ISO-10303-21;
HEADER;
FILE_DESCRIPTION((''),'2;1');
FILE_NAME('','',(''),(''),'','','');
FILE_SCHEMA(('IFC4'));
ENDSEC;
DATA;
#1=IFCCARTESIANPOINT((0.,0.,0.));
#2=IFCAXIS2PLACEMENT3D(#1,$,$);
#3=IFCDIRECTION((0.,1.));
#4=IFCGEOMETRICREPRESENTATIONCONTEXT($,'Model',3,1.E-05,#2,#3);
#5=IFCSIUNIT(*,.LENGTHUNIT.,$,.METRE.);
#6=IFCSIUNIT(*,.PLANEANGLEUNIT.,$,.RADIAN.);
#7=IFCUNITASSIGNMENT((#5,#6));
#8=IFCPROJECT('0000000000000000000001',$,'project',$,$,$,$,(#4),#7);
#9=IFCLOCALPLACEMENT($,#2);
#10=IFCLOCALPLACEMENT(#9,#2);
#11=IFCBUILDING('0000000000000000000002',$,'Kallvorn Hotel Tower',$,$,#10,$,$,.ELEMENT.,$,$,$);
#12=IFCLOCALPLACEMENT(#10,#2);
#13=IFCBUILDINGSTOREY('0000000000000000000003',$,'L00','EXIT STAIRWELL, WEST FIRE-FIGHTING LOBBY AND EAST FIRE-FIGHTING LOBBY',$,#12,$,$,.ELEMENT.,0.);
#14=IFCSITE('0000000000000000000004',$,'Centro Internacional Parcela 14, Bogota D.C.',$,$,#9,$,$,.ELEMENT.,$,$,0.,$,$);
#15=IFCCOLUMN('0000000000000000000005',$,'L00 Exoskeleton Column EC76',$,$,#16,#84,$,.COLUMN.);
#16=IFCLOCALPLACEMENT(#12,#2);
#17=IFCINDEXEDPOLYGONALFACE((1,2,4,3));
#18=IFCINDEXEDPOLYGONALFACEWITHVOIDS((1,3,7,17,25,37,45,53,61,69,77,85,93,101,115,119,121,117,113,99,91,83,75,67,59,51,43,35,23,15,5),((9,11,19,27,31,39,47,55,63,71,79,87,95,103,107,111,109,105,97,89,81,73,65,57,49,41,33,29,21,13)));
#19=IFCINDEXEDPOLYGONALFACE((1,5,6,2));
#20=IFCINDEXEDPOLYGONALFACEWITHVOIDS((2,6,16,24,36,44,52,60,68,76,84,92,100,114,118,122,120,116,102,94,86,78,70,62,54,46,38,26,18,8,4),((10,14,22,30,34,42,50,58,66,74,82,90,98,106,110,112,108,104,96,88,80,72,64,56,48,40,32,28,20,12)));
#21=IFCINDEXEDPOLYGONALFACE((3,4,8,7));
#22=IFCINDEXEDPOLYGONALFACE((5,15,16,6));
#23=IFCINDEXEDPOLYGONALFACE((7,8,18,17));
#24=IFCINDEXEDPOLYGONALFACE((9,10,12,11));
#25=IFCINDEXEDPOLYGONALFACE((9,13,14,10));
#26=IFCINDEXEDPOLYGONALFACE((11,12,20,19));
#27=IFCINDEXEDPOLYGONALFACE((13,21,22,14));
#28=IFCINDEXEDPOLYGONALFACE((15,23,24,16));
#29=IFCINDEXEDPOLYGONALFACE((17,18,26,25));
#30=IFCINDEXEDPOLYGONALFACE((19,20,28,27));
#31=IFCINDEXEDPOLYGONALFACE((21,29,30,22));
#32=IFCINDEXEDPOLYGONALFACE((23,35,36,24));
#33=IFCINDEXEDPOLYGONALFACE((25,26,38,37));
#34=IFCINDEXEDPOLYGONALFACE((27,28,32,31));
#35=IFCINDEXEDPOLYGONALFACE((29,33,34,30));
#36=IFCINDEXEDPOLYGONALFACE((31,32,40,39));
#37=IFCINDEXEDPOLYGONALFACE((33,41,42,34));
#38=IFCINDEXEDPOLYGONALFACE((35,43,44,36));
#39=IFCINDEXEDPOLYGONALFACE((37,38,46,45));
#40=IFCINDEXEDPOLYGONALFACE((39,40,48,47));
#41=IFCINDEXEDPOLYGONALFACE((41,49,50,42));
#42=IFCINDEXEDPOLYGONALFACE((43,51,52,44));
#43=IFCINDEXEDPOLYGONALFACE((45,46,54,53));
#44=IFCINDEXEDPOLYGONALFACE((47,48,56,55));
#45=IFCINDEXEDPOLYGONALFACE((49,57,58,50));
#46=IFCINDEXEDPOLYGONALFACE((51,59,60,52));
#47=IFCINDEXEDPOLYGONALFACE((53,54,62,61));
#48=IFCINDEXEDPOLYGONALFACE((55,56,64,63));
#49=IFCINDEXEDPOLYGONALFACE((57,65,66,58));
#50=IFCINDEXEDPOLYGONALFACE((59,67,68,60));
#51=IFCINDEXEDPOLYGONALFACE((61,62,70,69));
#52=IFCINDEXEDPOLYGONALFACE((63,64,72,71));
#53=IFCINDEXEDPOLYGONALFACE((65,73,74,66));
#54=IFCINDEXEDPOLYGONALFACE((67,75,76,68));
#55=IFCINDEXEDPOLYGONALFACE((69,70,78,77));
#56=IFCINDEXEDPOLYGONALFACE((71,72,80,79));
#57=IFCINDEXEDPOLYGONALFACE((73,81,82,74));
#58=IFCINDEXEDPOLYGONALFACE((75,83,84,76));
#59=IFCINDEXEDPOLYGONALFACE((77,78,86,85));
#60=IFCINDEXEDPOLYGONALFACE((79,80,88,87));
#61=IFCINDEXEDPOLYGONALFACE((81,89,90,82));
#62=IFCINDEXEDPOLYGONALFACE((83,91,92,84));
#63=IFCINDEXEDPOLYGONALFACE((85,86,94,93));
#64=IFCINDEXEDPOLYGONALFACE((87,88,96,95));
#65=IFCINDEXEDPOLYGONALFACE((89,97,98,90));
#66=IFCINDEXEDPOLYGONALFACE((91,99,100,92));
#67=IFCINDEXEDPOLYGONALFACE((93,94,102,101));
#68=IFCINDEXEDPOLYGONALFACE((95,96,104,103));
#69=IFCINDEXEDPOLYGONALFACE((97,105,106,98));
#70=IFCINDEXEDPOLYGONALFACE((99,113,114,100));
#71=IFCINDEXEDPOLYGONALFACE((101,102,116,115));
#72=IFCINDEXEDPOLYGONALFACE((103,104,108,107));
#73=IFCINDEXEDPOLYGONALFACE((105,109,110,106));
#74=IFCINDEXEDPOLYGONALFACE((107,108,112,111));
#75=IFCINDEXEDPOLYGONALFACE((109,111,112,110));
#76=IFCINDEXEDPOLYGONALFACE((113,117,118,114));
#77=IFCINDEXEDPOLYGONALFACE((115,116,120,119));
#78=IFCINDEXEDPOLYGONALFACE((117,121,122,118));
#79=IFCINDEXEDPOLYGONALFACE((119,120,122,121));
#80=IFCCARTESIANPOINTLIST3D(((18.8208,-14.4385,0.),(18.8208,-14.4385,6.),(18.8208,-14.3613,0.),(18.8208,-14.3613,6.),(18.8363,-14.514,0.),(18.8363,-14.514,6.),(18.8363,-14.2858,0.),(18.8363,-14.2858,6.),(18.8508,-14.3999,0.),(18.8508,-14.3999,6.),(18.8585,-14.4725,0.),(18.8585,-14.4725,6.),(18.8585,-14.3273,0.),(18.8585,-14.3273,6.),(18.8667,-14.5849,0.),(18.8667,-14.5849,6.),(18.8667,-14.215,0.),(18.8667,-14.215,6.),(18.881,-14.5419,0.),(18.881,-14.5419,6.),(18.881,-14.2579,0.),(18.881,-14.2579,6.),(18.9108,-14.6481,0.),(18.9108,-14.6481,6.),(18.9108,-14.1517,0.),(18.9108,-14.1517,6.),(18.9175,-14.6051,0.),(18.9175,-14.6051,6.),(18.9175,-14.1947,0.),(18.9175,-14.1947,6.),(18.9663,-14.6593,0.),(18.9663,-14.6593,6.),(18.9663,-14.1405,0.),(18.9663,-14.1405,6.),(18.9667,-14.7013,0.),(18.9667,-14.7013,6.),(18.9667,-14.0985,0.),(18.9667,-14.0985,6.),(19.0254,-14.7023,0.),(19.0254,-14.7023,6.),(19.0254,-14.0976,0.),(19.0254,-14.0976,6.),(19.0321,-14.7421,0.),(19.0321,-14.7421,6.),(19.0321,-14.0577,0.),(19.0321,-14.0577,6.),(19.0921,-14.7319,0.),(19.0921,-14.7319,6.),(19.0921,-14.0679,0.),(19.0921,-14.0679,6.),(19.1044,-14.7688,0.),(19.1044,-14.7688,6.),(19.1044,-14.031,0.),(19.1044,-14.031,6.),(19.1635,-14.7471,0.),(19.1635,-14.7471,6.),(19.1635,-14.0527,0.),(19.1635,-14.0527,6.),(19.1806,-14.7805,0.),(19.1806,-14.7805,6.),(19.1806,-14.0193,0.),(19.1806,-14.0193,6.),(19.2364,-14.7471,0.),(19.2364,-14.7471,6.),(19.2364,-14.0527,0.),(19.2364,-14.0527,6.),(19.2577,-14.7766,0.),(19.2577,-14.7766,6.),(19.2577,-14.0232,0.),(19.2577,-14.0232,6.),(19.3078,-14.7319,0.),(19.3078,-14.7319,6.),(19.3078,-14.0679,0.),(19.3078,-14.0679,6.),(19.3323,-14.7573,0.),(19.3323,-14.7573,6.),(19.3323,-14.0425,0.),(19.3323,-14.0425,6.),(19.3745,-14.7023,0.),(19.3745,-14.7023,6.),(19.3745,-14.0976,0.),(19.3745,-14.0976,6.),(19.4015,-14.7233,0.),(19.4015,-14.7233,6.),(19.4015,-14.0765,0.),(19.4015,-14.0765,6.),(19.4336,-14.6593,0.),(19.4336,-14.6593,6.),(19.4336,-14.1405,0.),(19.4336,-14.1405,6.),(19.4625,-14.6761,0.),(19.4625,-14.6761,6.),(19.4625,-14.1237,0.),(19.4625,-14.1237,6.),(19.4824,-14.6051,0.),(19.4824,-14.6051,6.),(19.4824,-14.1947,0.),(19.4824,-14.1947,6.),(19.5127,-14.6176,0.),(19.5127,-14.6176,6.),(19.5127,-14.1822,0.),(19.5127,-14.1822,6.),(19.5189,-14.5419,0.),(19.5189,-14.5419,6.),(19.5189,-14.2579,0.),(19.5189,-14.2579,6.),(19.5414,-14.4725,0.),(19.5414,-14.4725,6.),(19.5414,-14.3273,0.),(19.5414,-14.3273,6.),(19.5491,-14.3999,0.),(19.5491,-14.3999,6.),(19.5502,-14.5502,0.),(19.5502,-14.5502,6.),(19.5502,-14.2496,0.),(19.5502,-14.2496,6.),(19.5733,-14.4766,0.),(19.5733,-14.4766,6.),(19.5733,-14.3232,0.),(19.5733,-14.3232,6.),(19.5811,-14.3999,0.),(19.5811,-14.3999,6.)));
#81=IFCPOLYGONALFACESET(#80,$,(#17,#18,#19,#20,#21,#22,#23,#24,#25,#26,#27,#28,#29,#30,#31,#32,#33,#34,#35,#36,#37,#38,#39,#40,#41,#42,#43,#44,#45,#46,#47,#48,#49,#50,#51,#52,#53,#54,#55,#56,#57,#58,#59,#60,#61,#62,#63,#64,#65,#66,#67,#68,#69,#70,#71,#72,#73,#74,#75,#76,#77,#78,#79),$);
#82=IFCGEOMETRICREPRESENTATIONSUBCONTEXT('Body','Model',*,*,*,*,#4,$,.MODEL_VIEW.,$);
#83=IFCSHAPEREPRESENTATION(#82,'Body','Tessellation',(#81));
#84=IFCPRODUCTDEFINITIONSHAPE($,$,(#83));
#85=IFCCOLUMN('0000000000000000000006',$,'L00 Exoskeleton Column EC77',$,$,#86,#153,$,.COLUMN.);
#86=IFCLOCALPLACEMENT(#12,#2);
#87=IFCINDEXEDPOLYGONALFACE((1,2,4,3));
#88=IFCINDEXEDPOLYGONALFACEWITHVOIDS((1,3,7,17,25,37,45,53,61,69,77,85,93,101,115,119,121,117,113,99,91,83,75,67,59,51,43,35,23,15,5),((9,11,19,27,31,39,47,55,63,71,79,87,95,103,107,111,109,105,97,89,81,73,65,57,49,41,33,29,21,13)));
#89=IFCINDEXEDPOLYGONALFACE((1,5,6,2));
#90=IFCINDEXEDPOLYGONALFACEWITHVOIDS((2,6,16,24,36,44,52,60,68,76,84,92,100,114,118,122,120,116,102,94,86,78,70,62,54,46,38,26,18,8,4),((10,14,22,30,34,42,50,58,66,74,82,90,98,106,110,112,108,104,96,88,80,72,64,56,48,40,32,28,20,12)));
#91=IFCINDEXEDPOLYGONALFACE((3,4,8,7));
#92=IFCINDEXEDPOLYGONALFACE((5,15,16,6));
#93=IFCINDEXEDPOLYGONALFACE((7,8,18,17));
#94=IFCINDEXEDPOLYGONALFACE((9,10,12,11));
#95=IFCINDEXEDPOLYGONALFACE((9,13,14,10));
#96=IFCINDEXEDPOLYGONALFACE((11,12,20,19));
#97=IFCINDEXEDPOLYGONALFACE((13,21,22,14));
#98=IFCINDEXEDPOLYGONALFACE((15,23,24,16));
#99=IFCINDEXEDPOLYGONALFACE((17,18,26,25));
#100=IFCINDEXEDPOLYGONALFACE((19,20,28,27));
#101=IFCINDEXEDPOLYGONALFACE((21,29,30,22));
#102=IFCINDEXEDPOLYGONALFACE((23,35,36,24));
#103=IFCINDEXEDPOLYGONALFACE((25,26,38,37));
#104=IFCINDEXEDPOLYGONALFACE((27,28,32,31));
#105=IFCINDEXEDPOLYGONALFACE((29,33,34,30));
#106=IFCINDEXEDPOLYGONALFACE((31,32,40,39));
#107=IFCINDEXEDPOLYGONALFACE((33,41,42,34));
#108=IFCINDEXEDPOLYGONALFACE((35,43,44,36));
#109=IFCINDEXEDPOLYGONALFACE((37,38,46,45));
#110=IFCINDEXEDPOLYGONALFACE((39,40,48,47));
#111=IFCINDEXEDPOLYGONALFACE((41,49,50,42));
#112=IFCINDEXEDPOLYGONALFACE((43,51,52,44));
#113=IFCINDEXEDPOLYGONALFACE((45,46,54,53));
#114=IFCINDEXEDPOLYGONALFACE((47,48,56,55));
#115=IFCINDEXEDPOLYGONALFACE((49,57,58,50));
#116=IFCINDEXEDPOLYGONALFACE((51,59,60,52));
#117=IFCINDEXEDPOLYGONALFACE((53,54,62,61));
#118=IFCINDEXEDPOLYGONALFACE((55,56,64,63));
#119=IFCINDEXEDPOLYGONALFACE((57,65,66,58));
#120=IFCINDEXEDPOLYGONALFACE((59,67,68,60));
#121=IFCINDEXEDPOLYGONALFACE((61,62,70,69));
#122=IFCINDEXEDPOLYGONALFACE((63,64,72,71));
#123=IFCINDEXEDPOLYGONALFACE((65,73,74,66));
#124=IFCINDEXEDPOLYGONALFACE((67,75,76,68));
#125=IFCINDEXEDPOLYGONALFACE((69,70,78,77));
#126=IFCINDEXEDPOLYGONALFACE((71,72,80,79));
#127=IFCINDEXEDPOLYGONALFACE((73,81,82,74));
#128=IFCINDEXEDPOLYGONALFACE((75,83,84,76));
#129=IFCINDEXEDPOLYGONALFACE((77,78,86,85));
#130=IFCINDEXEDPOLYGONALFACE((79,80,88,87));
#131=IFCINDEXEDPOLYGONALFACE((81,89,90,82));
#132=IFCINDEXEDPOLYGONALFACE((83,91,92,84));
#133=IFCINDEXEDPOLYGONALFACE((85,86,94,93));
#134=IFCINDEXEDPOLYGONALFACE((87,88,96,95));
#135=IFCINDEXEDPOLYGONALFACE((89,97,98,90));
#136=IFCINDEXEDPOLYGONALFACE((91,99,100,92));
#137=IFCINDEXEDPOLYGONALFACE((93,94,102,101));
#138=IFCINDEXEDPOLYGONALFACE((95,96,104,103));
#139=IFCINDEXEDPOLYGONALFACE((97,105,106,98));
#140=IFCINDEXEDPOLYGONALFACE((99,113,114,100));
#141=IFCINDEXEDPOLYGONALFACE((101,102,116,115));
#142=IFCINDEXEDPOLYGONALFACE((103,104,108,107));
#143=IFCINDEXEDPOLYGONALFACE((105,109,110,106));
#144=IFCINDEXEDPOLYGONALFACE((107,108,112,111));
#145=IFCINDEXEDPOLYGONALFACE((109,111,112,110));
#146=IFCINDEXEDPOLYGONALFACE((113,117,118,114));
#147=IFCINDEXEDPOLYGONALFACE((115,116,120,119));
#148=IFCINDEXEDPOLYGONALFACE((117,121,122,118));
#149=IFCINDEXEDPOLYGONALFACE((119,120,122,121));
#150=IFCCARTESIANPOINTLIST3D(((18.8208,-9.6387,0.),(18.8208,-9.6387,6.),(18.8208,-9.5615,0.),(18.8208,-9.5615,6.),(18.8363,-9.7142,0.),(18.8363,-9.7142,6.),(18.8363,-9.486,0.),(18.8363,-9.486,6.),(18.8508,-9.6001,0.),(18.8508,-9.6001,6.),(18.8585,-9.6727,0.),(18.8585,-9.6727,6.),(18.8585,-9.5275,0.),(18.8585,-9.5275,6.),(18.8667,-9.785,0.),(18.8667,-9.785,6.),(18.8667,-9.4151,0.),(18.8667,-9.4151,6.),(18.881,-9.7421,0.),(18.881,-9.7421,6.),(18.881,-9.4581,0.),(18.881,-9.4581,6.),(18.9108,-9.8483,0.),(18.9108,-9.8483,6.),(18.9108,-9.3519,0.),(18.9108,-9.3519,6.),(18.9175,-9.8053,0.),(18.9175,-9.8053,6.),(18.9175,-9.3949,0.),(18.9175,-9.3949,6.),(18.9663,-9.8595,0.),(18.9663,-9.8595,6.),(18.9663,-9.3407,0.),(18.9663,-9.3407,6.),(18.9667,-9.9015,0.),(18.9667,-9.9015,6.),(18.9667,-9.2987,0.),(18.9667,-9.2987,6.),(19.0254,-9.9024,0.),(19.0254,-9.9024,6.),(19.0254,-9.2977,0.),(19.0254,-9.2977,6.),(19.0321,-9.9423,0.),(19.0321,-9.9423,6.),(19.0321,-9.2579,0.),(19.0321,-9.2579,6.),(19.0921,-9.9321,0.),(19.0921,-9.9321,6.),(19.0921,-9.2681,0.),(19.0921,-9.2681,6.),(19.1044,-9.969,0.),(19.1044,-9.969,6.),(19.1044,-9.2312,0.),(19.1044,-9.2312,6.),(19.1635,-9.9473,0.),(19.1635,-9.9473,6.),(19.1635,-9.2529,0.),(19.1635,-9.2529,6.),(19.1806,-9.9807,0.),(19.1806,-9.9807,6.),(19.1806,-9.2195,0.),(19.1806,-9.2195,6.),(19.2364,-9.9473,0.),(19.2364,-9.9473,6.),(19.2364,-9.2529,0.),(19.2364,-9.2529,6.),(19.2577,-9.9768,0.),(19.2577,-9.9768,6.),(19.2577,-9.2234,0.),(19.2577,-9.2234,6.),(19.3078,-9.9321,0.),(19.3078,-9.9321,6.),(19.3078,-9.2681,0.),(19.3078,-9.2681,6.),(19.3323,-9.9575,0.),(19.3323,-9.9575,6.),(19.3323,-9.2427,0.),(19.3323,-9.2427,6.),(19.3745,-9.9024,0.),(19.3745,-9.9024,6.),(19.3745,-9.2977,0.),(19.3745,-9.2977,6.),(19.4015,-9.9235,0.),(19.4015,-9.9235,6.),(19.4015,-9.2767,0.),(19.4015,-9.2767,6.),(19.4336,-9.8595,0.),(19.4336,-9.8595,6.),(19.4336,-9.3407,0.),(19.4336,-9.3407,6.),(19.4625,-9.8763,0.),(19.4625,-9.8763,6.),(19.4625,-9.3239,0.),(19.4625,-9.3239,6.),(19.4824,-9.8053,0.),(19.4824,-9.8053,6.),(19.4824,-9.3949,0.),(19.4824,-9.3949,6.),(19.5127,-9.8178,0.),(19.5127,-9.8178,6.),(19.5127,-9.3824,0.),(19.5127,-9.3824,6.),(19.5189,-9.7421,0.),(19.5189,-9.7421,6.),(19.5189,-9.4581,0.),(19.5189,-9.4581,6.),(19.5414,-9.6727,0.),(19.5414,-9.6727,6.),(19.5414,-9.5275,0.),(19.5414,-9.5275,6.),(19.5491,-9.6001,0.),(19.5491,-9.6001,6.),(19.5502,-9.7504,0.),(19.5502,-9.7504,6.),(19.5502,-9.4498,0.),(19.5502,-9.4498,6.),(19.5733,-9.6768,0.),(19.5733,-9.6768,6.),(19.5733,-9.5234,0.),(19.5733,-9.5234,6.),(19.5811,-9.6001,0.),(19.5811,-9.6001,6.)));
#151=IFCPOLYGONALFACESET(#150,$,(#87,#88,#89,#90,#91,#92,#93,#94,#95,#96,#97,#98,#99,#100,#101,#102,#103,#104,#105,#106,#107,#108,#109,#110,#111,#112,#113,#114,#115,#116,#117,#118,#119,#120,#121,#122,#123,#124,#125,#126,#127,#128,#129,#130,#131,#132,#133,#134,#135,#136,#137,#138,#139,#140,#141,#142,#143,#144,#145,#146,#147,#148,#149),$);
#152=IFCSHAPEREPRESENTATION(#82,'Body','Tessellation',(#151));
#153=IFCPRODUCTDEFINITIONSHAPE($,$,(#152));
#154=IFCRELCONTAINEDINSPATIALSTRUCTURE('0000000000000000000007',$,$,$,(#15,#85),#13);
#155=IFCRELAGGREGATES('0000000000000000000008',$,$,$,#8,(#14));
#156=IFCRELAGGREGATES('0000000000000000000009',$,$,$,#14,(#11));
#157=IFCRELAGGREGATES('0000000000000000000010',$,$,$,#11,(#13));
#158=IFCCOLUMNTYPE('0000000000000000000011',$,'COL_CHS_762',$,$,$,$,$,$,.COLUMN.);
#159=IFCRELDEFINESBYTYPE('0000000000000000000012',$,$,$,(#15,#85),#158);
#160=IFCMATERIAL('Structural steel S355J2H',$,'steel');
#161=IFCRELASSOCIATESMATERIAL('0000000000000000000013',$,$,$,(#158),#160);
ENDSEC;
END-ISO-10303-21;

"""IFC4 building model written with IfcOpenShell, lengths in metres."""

from ifc_helpers import new_model, si_unit, direction, frame, origin, origin_2d, place, context, subcontext, project, spatial, hollow_circle, extrude, material, material_profile, profile_set, type_object, element, save


model = new_model("IFC4")

# Units and contexts
model_context = context("Model", 3, precision=1e-05, world=origin(), true_north=direction((0.0, 1.0)))
body_context = subcontext(model_context, "Body", "Model", "MODEL_VIEW")
ifc_project = project(units=[si_unit("LENGTHUNIT", "METRE"), si_unit("PLANEANGLEUNIT", "RADIAN")], contexts=[model_context])

# Site, building, storey
site_placement = place(None, origin())
site = spatial("IfcSite", under=ifc_project, at=site_placement, Name="Centro Internacional Parcela 14, Bogota D.C.", CompositionType="ELEMENT", RefElevation=0.0)
building_placement = place(site_placement, origin())
building = spatial("IfcBuilding", under=site, at=building_placement, Name="Kallvorn Hotel Tower", CompositionType="ELEMENT")
storey_placement = place(building_placement, origin())
storey = spatial("IfcBuildingStorey", under=building, at=storey_placement, Name="L00", Description="EXIT STAIRWELL, WEST FIRE-FIGHTING LOBBY AND EAST FIRE-FIGHTING LOBBY", CompositionType="ELEMENT", Elevation=0.0)

# Columns
ifc_material_1 = material(Name="Structural steel S355J2H", Category="steel")
ifc_material_profile_1 = material_profile(ifc_material_1, hollow_circle(Radius=0.3811, WallThickness=0.032, at=origin_2d()), Name="CHS 762x32")
ifc_profile_set_1 = profile_set([ifc_material_profile_1], Name="Structural steel S355J2H")
column_type_1 = type_object("IfcColumnType", Name="COL_CHS_762", PredefinedType="COLUMN", material=ifc_profile_set_1)
for number, where, z_axis, x_axis, name in (
    (1, (19.2, -14.3999, 0.0), (0.0, 0.0, 1.0), (1.0, 0.0, 0.0), "L00 Exoskeleton Column EC76"),
    (2, (19.2, -9.6001, 0.0), (0.0, 0.0, 1.0), (1.0, 0.0, 0.0), "L00 Exoskeleton Column EC77"),
):
    element("IfcColumn", number, at=place(storey_placement, frame(where, z_axis=z_axis, x_axis=x_axis)), inside=storey, type_object=column_type_1, Name=name, PredefinedType="COLUMN", context=body_context, shape_type="SweptSolid", body=[
        extrude(hollow_circle(Radius=0.3811, WallThickness=0.032, at=origin_2d()), origin(), (0.0, 0.0, 1.0), 6.0),
    ])

save(model, "model.ifc")
